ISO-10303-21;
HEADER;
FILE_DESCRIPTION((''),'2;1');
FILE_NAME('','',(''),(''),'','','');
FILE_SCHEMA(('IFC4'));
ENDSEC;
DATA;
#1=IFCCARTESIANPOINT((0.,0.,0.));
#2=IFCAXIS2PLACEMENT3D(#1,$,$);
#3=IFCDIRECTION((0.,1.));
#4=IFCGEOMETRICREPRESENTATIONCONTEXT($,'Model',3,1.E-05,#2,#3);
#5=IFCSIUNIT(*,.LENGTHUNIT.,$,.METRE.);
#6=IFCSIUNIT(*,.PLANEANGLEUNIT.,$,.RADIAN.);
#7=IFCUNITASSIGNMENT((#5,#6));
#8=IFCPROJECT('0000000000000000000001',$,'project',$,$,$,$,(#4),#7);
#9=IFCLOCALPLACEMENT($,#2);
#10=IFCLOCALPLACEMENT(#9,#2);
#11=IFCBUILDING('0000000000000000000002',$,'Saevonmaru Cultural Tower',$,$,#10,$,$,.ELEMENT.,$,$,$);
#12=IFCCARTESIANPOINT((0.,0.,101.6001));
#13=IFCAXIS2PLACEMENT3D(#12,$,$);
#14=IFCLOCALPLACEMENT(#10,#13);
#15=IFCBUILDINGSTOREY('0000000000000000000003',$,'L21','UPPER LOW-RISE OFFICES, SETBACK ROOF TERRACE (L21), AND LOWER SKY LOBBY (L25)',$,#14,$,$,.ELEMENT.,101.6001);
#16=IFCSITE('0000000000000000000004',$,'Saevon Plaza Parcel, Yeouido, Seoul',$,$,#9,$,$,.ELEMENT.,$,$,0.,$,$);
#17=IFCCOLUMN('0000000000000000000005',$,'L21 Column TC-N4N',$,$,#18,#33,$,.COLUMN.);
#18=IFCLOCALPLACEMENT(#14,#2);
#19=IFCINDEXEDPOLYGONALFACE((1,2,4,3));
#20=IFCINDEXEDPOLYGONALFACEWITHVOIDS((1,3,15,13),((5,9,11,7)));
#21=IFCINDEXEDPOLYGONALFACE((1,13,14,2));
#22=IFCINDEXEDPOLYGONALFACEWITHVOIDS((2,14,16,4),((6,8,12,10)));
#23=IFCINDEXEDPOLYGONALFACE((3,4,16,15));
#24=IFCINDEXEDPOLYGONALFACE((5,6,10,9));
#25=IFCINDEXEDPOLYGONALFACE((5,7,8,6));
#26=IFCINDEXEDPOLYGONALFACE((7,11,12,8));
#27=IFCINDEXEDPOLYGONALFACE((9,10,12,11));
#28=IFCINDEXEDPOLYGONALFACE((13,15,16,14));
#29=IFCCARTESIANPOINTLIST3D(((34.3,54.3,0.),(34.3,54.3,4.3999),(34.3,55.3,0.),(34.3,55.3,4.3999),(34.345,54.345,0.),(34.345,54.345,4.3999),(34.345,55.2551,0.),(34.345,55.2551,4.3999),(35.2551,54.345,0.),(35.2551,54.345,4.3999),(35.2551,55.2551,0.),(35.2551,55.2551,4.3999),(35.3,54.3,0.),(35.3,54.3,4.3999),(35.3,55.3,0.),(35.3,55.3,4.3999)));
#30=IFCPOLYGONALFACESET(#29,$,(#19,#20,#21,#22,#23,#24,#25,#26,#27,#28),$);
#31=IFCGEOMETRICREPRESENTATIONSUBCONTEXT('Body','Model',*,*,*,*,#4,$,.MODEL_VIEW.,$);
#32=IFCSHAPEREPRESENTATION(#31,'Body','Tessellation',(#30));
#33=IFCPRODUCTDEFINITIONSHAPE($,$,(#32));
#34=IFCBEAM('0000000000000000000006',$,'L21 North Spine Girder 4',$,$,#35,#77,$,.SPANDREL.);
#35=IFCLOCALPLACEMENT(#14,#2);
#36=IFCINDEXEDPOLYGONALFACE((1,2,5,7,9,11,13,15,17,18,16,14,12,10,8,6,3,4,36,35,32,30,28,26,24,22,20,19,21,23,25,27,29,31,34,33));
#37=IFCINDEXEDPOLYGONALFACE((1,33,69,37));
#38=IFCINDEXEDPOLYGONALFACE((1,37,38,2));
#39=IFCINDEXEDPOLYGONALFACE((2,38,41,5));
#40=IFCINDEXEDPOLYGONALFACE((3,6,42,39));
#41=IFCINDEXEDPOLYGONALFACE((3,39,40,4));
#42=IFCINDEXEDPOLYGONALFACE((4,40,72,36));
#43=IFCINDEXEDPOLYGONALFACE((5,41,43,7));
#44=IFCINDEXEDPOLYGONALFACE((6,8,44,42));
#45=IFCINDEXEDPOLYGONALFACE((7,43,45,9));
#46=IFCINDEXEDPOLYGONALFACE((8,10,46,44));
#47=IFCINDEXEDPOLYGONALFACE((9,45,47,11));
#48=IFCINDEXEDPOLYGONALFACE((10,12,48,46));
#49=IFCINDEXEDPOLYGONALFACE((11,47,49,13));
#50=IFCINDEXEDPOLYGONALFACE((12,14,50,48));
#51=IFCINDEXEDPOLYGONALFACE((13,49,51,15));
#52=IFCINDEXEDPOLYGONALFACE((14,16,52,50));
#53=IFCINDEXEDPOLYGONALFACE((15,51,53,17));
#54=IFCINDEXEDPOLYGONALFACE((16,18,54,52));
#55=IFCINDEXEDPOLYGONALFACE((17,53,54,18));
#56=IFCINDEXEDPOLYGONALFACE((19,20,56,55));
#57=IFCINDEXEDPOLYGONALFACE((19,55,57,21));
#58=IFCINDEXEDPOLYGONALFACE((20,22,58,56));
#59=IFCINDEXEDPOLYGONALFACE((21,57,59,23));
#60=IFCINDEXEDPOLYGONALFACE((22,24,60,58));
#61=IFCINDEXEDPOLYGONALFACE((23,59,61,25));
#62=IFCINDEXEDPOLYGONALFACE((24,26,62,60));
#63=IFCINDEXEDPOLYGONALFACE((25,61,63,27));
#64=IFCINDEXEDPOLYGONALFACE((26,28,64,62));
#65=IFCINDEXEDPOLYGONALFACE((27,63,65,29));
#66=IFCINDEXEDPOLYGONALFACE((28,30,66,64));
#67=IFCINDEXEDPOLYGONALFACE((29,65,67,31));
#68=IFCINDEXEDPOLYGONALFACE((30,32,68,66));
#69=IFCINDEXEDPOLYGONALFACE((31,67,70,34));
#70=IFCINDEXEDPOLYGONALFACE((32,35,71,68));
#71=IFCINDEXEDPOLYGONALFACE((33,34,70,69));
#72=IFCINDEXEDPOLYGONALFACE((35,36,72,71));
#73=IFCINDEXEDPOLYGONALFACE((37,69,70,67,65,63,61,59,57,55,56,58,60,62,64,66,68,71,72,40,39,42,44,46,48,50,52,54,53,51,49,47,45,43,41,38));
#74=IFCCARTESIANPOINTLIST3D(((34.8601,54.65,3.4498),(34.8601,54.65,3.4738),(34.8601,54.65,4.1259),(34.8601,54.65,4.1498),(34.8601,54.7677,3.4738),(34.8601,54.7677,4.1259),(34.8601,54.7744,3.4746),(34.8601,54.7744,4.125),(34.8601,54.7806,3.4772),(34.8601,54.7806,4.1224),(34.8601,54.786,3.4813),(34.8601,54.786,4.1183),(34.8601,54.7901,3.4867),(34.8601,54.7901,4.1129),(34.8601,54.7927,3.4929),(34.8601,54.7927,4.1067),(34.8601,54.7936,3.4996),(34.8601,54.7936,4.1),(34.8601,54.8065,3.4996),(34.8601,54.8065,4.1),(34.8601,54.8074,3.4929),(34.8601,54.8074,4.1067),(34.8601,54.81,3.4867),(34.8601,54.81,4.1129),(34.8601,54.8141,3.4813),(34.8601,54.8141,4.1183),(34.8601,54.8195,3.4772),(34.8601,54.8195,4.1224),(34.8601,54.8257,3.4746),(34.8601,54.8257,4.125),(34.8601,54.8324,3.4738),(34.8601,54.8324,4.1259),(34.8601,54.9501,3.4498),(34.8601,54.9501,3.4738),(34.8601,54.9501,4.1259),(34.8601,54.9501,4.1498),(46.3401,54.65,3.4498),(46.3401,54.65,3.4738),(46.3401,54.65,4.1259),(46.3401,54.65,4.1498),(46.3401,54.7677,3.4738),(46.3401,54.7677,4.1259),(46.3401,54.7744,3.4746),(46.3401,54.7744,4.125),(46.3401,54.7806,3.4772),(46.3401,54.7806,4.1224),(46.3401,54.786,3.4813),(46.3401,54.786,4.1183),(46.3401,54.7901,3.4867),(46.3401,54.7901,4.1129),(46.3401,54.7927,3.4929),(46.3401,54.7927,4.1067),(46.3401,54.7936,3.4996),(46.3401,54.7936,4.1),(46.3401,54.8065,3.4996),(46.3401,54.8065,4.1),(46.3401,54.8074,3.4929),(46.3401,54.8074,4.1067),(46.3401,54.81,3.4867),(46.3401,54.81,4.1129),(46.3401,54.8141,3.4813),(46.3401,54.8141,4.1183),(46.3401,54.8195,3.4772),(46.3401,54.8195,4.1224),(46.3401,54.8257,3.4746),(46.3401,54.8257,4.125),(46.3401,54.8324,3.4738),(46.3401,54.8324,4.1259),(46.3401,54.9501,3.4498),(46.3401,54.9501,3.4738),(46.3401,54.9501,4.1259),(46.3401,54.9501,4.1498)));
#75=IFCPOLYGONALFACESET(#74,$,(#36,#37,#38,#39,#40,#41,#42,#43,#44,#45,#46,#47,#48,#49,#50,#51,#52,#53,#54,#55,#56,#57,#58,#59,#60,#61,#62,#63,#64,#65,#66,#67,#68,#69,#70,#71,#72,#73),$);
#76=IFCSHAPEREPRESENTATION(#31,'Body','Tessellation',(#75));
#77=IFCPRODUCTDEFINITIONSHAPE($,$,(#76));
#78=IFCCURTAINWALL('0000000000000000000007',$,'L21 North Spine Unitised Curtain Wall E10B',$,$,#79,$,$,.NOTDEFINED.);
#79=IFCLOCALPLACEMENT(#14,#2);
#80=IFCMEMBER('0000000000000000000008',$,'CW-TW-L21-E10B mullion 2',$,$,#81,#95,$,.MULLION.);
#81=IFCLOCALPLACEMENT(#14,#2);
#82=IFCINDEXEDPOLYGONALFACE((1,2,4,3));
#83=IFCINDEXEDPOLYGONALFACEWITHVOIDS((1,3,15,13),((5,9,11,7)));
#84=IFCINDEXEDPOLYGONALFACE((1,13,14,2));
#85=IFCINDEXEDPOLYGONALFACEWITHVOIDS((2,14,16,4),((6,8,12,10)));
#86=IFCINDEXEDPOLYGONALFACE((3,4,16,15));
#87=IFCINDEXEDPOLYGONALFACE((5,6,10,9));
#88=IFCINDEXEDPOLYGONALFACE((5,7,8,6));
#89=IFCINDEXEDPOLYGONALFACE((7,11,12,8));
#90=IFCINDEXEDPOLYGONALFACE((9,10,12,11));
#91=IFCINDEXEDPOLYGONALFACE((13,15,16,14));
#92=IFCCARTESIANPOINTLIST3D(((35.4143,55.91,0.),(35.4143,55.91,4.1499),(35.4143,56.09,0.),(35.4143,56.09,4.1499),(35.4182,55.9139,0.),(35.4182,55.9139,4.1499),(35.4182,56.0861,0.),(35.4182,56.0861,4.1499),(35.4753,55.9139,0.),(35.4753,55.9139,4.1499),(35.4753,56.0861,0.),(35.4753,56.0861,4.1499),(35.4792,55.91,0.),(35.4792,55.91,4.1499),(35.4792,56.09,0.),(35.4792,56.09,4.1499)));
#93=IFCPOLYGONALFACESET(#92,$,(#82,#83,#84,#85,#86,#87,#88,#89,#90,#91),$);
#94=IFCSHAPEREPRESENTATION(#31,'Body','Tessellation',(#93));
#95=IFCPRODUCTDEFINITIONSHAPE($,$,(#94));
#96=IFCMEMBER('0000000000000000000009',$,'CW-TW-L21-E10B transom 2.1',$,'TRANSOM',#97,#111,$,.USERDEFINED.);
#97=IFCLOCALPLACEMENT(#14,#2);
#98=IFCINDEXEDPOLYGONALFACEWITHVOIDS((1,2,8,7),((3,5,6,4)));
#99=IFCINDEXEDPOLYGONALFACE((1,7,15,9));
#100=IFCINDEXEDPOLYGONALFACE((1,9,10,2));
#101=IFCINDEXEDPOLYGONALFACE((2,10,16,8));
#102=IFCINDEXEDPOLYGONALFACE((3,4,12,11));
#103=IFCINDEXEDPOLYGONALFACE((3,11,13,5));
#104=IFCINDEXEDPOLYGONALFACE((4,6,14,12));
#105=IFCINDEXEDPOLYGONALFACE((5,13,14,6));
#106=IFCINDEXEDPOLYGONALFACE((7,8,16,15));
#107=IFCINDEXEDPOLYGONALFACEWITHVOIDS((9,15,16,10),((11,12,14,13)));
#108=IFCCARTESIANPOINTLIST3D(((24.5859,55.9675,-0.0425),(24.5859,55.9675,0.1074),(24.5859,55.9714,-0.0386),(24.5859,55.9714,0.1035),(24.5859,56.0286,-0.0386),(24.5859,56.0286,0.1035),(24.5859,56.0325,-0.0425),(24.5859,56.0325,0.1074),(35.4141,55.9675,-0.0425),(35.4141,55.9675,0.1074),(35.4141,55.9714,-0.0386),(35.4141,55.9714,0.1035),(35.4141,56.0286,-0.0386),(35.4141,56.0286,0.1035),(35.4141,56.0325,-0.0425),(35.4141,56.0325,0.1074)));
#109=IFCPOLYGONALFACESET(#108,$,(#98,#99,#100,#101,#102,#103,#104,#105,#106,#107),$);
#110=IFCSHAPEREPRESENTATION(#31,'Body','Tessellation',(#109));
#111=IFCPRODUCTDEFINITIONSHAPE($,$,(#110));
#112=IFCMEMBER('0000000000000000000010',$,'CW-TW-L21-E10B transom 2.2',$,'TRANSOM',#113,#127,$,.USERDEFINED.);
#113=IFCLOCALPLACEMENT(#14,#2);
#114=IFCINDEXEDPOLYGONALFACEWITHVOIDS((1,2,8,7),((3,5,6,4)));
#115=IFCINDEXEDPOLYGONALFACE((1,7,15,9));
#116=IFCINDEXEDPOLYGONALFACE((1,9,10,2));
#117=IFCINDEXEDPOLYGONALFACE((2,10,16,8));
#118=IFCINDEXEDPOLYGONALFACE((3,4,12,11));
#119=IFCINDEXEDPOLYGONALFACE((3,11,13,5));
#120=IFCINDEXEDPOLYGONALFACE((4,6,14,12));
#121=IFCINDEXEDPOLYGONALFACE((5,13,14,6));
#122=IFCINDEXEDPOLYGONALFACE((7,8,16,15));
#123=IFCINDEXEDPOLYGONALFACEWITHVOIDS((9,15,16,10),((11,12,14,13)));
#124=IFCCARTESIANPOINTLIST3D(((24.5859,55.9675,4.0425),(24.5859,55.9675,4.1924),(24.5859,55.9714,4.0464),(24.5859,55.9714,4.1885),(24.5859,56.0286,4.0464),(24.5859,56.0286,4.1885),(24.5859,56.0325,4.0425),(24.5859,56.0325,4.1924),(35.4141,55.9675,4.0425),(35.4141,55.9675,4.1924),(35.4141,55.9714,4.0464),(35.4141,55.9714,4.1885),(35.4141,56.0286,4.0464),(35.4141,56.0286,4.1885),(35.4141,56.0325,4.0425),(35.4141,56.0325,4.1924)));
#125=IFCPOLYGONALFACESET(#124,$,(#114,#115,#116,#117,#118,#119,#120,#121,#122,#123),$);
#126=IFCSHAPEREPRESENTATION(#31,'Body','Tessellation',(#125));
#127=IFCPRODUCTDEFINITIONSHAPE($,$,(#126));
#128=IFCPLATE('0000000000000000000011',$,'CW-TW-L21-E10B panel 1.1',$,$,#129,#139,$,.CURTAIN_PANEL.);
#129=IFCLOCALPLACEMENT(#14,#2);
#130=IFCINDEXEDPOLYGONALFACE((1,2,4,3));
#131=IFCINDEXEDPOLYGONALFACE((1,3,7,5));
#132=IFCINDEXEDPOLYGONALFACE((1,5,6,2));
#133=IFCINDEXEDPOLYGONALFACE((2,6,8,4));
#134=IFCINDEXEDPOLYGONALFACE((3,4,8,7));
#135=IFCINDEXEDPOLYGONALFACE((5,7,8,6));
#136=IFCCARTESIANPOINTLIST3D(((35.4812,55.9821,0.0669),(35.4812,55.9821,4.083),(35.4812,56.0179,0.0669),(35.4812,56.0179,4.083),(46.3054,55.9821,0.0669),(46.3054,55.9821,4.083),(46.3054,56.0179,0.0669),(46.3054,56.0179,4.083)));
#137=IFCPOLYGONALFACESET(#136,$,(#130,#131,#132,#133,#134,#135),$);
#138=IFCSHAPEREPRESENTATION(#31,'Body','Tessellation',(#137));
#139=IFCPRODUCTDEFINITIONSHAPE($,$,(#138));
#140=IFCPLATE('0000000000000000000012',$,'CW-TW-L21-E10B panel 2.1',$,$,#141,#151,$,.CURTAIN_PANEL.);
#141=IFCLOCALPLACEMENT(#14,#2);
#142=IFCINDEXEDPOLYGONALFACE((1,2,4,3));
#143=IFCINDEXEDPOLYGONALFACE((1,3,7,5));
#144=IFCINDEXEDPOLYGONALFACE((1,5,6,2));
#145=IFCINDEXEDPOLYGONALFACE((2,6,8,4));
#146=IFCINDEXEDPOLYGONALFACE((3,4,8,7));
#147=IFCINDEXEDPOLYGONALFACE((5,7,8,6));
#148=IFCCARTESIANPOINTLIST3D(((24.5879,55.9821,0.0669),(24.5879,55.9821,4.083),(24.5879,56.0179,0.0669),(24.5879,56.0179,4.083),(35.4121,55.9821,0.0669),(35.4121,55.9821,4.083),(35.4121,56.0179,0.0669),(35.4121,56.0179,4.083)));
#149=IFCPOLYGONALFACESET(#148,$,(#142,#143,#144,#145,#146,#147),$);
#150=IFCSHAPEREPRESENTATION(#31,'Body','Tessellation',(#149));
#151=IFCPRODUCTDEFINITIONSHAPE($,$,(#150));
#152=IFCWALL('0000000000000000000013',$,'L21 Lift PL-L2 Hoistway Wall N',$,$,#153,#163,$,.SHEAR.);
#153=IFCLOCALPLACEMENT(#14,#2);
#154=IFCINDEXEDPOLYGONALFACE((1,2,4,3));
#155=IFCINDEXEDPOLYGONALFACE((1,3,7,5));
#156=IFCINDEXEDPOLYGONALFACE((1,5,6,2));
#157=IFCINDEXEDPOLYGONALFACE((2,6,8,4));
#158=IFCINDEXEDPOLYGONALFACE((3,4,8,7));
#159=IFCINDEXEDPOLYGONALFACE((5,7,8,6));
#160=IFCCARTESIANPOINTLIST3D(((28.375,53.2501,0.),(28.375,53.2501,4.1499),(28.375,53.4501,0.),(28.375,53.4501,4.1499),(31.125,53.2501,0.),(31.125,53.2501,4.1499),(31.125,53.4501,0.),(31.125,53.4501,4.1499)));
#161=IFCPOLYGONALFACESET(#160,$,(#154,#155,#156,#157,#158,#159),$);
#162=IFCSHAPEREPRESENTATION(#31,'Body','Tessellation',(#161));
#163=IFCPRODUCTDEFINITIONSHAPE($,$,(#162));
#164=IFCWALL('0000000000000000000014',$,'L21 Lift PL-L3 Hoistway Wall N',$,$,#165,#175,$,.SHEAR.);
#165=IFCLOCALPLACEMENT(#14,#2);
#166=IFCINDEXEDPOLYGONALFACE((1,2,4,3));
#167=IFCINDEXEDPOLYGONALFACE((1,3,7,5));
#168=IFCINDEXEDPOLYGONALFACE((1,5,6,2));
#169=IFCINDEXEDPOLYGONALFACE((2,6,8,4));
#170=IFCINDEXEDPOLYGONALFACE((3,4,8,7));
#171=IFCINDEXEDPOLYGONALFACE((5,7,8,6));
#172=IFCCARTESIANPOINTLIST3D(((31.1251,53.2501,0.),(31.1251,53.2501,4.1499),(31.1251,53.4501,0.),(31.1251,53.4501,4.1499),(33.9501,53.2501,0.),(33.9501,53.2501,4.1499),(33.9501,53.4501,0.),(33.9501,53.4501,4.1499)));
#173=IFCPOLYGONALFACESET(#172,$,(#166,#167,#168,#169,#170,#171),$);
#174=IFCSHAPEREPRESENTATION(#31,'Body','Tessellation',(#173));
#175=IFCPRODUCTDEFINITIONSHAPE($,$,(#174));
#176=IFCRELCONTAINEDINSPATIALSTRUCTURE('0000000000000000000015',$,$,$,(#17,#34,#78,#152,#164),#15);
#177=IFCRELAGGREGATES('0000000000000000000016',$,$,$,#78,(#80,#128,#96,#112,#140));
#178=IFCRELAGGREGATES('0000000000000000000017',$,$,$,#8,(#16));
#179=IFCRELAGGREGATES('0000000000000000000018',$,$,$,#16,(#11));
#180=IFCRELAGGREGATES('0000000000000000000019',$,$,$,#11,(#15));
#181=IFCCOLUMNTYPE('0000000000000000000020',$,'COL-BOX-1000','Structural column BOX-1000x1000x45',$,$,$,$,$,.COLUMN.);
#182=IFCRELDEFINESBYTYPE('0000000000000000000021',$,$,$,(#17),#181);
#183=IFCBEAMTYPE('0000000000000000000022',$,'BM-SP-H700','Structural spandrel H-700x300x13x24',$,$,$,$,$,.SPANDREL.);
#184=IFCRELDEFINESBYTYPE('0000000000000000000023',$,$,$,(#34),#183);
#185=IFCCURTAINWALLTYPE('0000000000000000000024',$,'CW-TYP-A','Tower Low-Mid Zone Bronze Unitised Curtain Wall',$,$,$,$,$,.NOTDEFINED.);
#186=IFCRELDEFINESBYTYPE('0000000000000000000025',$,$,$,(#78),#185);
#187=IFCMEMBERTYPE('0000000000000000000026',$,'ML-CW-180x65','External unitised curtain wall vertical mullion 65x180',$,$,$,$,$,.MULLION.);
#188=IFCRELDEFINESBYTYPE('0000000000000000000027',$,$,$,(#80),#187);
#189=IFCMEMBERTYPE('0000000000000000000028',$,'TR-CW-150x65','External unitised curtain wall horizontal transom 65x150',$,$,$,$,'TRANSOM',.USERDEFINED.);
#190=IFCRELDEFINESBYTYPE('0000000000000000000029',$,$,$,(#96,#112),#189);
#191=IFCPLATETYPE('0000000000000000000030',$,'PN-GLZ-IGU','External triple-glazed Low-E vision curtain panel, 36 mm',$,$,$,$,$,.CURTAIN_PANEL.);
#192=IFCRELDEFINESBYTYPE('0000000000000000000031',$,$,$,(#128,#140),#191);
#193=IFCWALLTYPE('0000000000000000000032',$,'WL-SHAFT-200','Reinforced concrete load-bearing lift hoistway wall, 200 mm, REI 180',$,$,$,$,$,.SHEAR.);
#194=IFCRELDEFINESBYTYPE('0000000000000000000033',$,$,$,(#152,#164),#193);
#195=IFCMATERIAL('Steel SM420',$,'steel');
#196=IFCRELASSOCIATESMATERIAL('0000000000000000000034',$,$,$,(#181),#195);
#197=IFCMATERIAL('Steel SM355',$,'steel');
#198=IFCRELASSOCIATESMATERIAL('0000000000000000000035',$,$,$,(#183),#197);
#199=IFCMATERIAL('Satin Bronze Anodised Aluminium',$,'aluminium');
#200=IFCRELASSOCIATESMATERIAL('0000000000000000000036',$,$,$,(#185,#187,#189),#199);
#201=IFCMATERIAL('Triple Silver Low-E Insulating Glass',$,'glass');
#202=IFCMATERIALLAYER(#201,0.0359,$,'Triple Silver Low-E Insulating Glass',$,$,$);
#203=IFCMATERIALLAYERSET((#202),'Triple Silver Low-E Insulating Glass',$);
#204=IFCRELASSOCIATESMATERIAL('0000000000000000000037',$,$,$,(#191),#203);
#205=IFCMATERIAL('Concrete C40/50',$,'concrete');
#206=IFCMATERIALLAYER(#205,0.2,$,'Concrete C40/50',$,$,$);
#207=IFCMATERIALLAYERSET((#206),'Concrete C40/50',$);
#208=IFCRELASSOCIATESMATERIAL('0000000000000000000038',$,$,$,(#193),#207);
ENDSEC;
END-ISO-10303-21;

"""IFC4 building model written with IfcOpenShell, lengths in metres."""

from ifc_helpers import new_model, si_unit, direction, frame, frame_2d, origin, origin_2d, place, context, subcontext, project, spatial, rectangle, hollow_rectangle, i_section, extrude, material, layer, layer_set, material_profile, profile_set, type_object, element, aggregate, save


model = new_model("IFC4")

# Units and contexts
model_context = context("Model", 3, precision=1e-05, world=origin(), true_north=direction((0.0, 1.0)))
body_context = subcontext(model_context, "Body", "Model", "MODEL_VIEW")
ifc_project = project(units=[si_unit("LENGTHUNIT", "METRE"), si_unit("PLANEANGLEUNIT", "RADIAN")], contexts=[model_context])

# Site, building, storey
site_placement = place(None, origin())
site = spatial("IfcSite", under=ifc_project, at=site_placement, Name="Saevon Plaza Parcel, Yeouido, Seoul", CompositionType="ELEMENT", RefElevation=0.0)
building_placement = place(site_placement, origin())
building = spatial("IfcBuilding", under=site, at=building_placement, Name="Saevonmaru Cultural Tower", CompositionType="ELEMENT")
storey_placement = place(building_placement, frame((0.0, 0.0, 101.6001)))
storey = spatial("IfcBuildingStorey", under=building, at=storey_placement, Name="L21", Description="UPPER LOW-RISE OFFICES, SETBACK ROOF TERRACE (L21), AND LOWER SKY LOBBY (L25)", CompositionType="ELEMENT", Elevation=101.6001)

# Column
ifc_material_1 = material(Name="Steel SM420", Category="steel")
ifc_material_profile_1 = material_profile(ifc_material_1, hollow_rectangle(XDim=1.0, YDim=1.0, WallThickness=0.0449, at=origin_2d()), Name="BOX-1000x1000x45")
ifc_profile_set_1 = profile_set([ifc_material_profile_1], Name="Steel SM420")
column_type = type_object("IfcColumnType", Name="COL-BOX-1000", Description="Structural column BOX-1000x1000x45", PredefinedType="COLUMN", material=ifc_profile_set_1)
column_placement = place(storey_placement, frame((34.8, 54.8, 0.0), z_axis=(0.0, 0.0, 1.0), x_axis=(1.0, 0.0, 0.0)))
element("IfcColumn", 1, at=column_placement, inside=storey, type_object=column_type, Name="L21 Column TC-N4N", PredefinedType="COLUMN", context=body_context, shape_type="SweptSolid", body=[
    extrude(hollow_rectangle(XDim=1.0, YDim=1.0, WallThickness=0.0449, at=origin_2d()), origin(), (0.0, 0.0, 1.0), 4.3999),
])

# Beam
ifc_material_2 = material(Name="Steel SM355", Category="steel")
ifc_material_profile_2 = material_profile(ifc_material_2, i_section(OverallWidth=0.3, OverallDepth=0.7, WebThickness=0.0129, FlangeThickness=0.0239, FilletRadius=0.0259, at=origin_2d()), Name="H-700x300x13x24")
ifc_profile_set_2 = profile_set([ifc_material_profile_2], Name="Steel SM355")
beam_type = type_object("IfcBeamType", Name="BM-SP-H700", Description="Structural spandrel H-700x300x13x24", PredefinedType="SPANDREL", material=ifc_profile_set_2)
beam_placement = place(storey_placement, frame((34.8601, 54.8, 3.7998), z_axis=(1.0, 0.0, 0.0), x_axis=(0.0, 1.0, 0.0)))
element("IfcBeam", 2, at=beam_placement, inside=storey, type_object=beam_type, Name="L21 North Spine Girder 4", PredefinedType="SPANDREL", context=body_context, shape_type="SweptSolid", body=[
    extrude(i_section(OverallWidth=0.3, OverallDepth=0.7, WebThickness=0.0129, FlangeThickness=0.0239, FilletRadius=0.0259, at=origin_2d()), origin(), (0.0, 0.0, 1.0), 11.48),
])

# Curtain wall, members, plates
ifc_material_3 = material(Name="Satin Bronze Anodised Aluminium", Category="aluminium")
curtain_wall_type = type_object("IfcCurtainWallType", Name="CW-TYP-A", Description="Tower Low-Mid Zone Bronze Unitised Curtain Wall", PredefinedType="NOTDEFINED", material=ifc_material_3)
curtain_wall_placement = place(storey_placement, origin())
curtain_wall = element("IfcCurtainWall", 3, at=curtain_wall_placement, inside=storey, type_object=curtain_wall_type, Name="L21 North Spine Unitised Curtain Wall E10B", PredefinedType="NOTDEFINED")
ifc_material_profile_3 = material_profile(ifc_material_3, hollow_rectangle(XDim=0.0649, YDim=0.1799, WallThickness=0.0039, at=origin_2d()), Name="ALU-MULL-180x65x4")
ifc_profile_set_3 = profile_set([ifc_material_profile_3], Name="Satin Bronze Anodised Aluminium")
member_type_1 = type_object("IfcMemberType", Name="ML-CW-180x65", Description="External unitised curtain wall vertical mullion 65x180", PredefinedType="MULLION", material=ifc_profile_set_3)
member_1_placement = place(storey_placement, frame((35.4468, 56.0, 0.0), z_axis=(0.0, 0.0, 1.0), x_axis=(-1.0, 0.0, 0.0)))
member_1 = element("IfcMember", 4, at=member_1_placement, type_object=member_type_1, Name="CW-TW-L21-E10B mullion 2", PredefinedType="MULLION", context=body_context, shape_type="SweptSolid", body=[
    extrude(hollow_rectangle(XDim=0.0649, YDim=0.1799, WallThickness=0.0039, at=origin_2d()), origin(), (0.0, 0.0, 1.0), 4.1499),
])
ifc_material_profile_4 = material_profile(ifc_material_3, hollow_rectangle(XDim=0.0649, YDim=0.1499, WallThickness=0.0039, at=origin_2d()), Name="ALU-TRAN-150x65x4")
ifc_profile_set_4 = profile_set([ifc_material_profile_4], Name="Satin Bronze Anodised Aluminium")
member_type_2 = type_object("IfcMemberType", Name="TR-CW-150x65", Description="External unitised curtain wall horizontal transom 65x150", ElementType="TRANSOM", PredefinedType="USERDEFINED", material=ifc_profile_set_4)
member_2_placement = place(storey_placement, frame((35.4141, 56.0, 0.0325), z_axis=(-1.0, 0.0, 0.0), x_axis=(0.0, -1.0, 0.0)))
member_2 = element("IfcMember", 5, at=member_2_placement, type_object=member_type_2, Name="CW-TW-L21-E10B transom 2.1", ObjectType="TRANSOM", PredefinedType="USERDEFINED", context=body_context, shape_type="SweptSolid", body=[
    extrude(hollow_rectangle(XDim=0.0649, YDim=0.1499, WallThickness=0.0039, at=origin_2d()), origin(), (0.0, 0.0, 1.0), 10.8281),
])
member_3_placement = place(storey_placement, frame((35.4141, 56.0, 4.1174), z_axis=(-1.0, 0.0, 0.0), x_axis=(0.0, -1.0, 0.0)))
member_3 = element("IfcMember", 6, at=member_3_placement, type_object=member_type_2, Name="CW-TW-L21-E10B transom 2.2", ObjectType="TRANSOM", PredefinedType="USERDEFINED", context=body_context, shape_type="SweptSolid", body=[
    extrude(hollow_rectangle(XDim=0.0649, YDim=0.1499, WallThickness=0.0039, at=origin_2d()), origin(), (0.0, 0.0, 1.0), 10.8281),
])
ifc_material_4 = material(Name="Triple Silver Low-E Insulating Glass", Category="glass")
ifc_layer_1 = layer(ifc_material_4, 0.0359, Name="Triple Silver Low-E Insulating Glass")
ifc_layer_set_1 = layer_set([ifc_layer_1], Name="Triple Silver Low-E Insulating Glass")
plate_type = type_object("IfcPlateType", Name="PN-GLZ-IGU", Description="External triple-glazed Low-E vision curtain panel, 36 mm", PredefinedType="CURTAIN_PANEL", material=ifc_layer_set_1)
plate_1_placement = place(storey_placement, frame((40.8933, 56.0, 0.0669), z_axis=(0.0, 0.0, 1.0), x_axis=(-1.0, 0.0, 0.0)))
plate_1 = element("IfcPlate", 7, at=plate_1_placement, type_object=plate_type, Name="CW-TW-L21-E10B panel 1.1", PredefinedType="CURTAIN_PANEL", context=body_context, shape_type="SweptSolid", body=[
    extrude(rectangle(XDim=10.8242, YDim=0.0359, at=origin_2d()), origin(), (0.0, 0.0, 1.0), 4.0161),
])
plate_2_placement = place(storey_placement, frame((30.0, 56.0, 0.0669), z_axis=(0.0, 0.0, 1.0), x_axis=(-1.0, 0.0, 0.0)))
plate_2 = element("IfcPlate", 8, at=plate_2_placement, type_object=plate_type, Name="CW-TW-L21-E10B panel 2.1", PredefinedType="CURTAIN_PANEL", context=body_context, shape_type="SweptSolid", body=[
    extrude(rectangle(XDim=10.8242, YDim=0.0359, at=origin_2d()), origin(), (0.0, 0.0, 1.0), 4.0161),
])
aggregate(curtain_wall, [member_1, plate_1, member_2, member_3, plate_2])

# Walls
ifc_material_5 = material(Name="Concrete C40/50", Category="concrete")
ifc_layer_2 = layer(ifc_material_5, 0.2, Name="Concrete C40/50")
ifc_layer_set_2 = layer_set([ifc_layer_2], Name="Concrete C40/50")
wall_type_1 = type_object("IfcWallType", Name="WL-SHAFT-200", Description="Reinforced concrete load-bearing lift hoistway wall, 200 mm, REI 180", PredefinedType="SHEAR", material=ifc_layer_set_2)
wall_1_placement = place(storey_placement, frame((28.375, 53.3501, 0.0), z_axis=(0.0, 0.0, 1.0), x_axis=(1.0, 0.0, 0.0)))
element("IfcWall", 9, at=wall_1_placement, inside=storey, type_object=wall_type_1, Name="L21 Lift PL-L2 Hoistway Wall N", PredefinedType="SHEAR", context=body_context, shape_type="SweptSolid", body=[
    extrude(rectangle(XDim=2.75, YDim=0.2, at=frame_2d((1.375, 0.0))), origin(), (0.0, 0.0, 1.0), 4.1499),
])
wall_2_placement = place(storey_placement, frame((31.125, 53.3501, 0.0), z_axis=(0.0, 0.0, 1.0), x_axis=(1.0, 0.0, 0.0)))
element("IfcWall", 10, at=wall_2_placement, inside=storey, type_object=wall_type_1, Name="L21 Lift PL-L3 Hoistway Wall N", PredefinedType="SHEAR", context=body_context, shape_type="SweptSolid", body=[
    extrude(rectangle(XDim=2.825, YDim=0.2, at=frame_2d((1.4126, 0.0))), origin(), (0.0, 0.0, 1.0), 4.1499),
])

save(model, "model.ifc")
